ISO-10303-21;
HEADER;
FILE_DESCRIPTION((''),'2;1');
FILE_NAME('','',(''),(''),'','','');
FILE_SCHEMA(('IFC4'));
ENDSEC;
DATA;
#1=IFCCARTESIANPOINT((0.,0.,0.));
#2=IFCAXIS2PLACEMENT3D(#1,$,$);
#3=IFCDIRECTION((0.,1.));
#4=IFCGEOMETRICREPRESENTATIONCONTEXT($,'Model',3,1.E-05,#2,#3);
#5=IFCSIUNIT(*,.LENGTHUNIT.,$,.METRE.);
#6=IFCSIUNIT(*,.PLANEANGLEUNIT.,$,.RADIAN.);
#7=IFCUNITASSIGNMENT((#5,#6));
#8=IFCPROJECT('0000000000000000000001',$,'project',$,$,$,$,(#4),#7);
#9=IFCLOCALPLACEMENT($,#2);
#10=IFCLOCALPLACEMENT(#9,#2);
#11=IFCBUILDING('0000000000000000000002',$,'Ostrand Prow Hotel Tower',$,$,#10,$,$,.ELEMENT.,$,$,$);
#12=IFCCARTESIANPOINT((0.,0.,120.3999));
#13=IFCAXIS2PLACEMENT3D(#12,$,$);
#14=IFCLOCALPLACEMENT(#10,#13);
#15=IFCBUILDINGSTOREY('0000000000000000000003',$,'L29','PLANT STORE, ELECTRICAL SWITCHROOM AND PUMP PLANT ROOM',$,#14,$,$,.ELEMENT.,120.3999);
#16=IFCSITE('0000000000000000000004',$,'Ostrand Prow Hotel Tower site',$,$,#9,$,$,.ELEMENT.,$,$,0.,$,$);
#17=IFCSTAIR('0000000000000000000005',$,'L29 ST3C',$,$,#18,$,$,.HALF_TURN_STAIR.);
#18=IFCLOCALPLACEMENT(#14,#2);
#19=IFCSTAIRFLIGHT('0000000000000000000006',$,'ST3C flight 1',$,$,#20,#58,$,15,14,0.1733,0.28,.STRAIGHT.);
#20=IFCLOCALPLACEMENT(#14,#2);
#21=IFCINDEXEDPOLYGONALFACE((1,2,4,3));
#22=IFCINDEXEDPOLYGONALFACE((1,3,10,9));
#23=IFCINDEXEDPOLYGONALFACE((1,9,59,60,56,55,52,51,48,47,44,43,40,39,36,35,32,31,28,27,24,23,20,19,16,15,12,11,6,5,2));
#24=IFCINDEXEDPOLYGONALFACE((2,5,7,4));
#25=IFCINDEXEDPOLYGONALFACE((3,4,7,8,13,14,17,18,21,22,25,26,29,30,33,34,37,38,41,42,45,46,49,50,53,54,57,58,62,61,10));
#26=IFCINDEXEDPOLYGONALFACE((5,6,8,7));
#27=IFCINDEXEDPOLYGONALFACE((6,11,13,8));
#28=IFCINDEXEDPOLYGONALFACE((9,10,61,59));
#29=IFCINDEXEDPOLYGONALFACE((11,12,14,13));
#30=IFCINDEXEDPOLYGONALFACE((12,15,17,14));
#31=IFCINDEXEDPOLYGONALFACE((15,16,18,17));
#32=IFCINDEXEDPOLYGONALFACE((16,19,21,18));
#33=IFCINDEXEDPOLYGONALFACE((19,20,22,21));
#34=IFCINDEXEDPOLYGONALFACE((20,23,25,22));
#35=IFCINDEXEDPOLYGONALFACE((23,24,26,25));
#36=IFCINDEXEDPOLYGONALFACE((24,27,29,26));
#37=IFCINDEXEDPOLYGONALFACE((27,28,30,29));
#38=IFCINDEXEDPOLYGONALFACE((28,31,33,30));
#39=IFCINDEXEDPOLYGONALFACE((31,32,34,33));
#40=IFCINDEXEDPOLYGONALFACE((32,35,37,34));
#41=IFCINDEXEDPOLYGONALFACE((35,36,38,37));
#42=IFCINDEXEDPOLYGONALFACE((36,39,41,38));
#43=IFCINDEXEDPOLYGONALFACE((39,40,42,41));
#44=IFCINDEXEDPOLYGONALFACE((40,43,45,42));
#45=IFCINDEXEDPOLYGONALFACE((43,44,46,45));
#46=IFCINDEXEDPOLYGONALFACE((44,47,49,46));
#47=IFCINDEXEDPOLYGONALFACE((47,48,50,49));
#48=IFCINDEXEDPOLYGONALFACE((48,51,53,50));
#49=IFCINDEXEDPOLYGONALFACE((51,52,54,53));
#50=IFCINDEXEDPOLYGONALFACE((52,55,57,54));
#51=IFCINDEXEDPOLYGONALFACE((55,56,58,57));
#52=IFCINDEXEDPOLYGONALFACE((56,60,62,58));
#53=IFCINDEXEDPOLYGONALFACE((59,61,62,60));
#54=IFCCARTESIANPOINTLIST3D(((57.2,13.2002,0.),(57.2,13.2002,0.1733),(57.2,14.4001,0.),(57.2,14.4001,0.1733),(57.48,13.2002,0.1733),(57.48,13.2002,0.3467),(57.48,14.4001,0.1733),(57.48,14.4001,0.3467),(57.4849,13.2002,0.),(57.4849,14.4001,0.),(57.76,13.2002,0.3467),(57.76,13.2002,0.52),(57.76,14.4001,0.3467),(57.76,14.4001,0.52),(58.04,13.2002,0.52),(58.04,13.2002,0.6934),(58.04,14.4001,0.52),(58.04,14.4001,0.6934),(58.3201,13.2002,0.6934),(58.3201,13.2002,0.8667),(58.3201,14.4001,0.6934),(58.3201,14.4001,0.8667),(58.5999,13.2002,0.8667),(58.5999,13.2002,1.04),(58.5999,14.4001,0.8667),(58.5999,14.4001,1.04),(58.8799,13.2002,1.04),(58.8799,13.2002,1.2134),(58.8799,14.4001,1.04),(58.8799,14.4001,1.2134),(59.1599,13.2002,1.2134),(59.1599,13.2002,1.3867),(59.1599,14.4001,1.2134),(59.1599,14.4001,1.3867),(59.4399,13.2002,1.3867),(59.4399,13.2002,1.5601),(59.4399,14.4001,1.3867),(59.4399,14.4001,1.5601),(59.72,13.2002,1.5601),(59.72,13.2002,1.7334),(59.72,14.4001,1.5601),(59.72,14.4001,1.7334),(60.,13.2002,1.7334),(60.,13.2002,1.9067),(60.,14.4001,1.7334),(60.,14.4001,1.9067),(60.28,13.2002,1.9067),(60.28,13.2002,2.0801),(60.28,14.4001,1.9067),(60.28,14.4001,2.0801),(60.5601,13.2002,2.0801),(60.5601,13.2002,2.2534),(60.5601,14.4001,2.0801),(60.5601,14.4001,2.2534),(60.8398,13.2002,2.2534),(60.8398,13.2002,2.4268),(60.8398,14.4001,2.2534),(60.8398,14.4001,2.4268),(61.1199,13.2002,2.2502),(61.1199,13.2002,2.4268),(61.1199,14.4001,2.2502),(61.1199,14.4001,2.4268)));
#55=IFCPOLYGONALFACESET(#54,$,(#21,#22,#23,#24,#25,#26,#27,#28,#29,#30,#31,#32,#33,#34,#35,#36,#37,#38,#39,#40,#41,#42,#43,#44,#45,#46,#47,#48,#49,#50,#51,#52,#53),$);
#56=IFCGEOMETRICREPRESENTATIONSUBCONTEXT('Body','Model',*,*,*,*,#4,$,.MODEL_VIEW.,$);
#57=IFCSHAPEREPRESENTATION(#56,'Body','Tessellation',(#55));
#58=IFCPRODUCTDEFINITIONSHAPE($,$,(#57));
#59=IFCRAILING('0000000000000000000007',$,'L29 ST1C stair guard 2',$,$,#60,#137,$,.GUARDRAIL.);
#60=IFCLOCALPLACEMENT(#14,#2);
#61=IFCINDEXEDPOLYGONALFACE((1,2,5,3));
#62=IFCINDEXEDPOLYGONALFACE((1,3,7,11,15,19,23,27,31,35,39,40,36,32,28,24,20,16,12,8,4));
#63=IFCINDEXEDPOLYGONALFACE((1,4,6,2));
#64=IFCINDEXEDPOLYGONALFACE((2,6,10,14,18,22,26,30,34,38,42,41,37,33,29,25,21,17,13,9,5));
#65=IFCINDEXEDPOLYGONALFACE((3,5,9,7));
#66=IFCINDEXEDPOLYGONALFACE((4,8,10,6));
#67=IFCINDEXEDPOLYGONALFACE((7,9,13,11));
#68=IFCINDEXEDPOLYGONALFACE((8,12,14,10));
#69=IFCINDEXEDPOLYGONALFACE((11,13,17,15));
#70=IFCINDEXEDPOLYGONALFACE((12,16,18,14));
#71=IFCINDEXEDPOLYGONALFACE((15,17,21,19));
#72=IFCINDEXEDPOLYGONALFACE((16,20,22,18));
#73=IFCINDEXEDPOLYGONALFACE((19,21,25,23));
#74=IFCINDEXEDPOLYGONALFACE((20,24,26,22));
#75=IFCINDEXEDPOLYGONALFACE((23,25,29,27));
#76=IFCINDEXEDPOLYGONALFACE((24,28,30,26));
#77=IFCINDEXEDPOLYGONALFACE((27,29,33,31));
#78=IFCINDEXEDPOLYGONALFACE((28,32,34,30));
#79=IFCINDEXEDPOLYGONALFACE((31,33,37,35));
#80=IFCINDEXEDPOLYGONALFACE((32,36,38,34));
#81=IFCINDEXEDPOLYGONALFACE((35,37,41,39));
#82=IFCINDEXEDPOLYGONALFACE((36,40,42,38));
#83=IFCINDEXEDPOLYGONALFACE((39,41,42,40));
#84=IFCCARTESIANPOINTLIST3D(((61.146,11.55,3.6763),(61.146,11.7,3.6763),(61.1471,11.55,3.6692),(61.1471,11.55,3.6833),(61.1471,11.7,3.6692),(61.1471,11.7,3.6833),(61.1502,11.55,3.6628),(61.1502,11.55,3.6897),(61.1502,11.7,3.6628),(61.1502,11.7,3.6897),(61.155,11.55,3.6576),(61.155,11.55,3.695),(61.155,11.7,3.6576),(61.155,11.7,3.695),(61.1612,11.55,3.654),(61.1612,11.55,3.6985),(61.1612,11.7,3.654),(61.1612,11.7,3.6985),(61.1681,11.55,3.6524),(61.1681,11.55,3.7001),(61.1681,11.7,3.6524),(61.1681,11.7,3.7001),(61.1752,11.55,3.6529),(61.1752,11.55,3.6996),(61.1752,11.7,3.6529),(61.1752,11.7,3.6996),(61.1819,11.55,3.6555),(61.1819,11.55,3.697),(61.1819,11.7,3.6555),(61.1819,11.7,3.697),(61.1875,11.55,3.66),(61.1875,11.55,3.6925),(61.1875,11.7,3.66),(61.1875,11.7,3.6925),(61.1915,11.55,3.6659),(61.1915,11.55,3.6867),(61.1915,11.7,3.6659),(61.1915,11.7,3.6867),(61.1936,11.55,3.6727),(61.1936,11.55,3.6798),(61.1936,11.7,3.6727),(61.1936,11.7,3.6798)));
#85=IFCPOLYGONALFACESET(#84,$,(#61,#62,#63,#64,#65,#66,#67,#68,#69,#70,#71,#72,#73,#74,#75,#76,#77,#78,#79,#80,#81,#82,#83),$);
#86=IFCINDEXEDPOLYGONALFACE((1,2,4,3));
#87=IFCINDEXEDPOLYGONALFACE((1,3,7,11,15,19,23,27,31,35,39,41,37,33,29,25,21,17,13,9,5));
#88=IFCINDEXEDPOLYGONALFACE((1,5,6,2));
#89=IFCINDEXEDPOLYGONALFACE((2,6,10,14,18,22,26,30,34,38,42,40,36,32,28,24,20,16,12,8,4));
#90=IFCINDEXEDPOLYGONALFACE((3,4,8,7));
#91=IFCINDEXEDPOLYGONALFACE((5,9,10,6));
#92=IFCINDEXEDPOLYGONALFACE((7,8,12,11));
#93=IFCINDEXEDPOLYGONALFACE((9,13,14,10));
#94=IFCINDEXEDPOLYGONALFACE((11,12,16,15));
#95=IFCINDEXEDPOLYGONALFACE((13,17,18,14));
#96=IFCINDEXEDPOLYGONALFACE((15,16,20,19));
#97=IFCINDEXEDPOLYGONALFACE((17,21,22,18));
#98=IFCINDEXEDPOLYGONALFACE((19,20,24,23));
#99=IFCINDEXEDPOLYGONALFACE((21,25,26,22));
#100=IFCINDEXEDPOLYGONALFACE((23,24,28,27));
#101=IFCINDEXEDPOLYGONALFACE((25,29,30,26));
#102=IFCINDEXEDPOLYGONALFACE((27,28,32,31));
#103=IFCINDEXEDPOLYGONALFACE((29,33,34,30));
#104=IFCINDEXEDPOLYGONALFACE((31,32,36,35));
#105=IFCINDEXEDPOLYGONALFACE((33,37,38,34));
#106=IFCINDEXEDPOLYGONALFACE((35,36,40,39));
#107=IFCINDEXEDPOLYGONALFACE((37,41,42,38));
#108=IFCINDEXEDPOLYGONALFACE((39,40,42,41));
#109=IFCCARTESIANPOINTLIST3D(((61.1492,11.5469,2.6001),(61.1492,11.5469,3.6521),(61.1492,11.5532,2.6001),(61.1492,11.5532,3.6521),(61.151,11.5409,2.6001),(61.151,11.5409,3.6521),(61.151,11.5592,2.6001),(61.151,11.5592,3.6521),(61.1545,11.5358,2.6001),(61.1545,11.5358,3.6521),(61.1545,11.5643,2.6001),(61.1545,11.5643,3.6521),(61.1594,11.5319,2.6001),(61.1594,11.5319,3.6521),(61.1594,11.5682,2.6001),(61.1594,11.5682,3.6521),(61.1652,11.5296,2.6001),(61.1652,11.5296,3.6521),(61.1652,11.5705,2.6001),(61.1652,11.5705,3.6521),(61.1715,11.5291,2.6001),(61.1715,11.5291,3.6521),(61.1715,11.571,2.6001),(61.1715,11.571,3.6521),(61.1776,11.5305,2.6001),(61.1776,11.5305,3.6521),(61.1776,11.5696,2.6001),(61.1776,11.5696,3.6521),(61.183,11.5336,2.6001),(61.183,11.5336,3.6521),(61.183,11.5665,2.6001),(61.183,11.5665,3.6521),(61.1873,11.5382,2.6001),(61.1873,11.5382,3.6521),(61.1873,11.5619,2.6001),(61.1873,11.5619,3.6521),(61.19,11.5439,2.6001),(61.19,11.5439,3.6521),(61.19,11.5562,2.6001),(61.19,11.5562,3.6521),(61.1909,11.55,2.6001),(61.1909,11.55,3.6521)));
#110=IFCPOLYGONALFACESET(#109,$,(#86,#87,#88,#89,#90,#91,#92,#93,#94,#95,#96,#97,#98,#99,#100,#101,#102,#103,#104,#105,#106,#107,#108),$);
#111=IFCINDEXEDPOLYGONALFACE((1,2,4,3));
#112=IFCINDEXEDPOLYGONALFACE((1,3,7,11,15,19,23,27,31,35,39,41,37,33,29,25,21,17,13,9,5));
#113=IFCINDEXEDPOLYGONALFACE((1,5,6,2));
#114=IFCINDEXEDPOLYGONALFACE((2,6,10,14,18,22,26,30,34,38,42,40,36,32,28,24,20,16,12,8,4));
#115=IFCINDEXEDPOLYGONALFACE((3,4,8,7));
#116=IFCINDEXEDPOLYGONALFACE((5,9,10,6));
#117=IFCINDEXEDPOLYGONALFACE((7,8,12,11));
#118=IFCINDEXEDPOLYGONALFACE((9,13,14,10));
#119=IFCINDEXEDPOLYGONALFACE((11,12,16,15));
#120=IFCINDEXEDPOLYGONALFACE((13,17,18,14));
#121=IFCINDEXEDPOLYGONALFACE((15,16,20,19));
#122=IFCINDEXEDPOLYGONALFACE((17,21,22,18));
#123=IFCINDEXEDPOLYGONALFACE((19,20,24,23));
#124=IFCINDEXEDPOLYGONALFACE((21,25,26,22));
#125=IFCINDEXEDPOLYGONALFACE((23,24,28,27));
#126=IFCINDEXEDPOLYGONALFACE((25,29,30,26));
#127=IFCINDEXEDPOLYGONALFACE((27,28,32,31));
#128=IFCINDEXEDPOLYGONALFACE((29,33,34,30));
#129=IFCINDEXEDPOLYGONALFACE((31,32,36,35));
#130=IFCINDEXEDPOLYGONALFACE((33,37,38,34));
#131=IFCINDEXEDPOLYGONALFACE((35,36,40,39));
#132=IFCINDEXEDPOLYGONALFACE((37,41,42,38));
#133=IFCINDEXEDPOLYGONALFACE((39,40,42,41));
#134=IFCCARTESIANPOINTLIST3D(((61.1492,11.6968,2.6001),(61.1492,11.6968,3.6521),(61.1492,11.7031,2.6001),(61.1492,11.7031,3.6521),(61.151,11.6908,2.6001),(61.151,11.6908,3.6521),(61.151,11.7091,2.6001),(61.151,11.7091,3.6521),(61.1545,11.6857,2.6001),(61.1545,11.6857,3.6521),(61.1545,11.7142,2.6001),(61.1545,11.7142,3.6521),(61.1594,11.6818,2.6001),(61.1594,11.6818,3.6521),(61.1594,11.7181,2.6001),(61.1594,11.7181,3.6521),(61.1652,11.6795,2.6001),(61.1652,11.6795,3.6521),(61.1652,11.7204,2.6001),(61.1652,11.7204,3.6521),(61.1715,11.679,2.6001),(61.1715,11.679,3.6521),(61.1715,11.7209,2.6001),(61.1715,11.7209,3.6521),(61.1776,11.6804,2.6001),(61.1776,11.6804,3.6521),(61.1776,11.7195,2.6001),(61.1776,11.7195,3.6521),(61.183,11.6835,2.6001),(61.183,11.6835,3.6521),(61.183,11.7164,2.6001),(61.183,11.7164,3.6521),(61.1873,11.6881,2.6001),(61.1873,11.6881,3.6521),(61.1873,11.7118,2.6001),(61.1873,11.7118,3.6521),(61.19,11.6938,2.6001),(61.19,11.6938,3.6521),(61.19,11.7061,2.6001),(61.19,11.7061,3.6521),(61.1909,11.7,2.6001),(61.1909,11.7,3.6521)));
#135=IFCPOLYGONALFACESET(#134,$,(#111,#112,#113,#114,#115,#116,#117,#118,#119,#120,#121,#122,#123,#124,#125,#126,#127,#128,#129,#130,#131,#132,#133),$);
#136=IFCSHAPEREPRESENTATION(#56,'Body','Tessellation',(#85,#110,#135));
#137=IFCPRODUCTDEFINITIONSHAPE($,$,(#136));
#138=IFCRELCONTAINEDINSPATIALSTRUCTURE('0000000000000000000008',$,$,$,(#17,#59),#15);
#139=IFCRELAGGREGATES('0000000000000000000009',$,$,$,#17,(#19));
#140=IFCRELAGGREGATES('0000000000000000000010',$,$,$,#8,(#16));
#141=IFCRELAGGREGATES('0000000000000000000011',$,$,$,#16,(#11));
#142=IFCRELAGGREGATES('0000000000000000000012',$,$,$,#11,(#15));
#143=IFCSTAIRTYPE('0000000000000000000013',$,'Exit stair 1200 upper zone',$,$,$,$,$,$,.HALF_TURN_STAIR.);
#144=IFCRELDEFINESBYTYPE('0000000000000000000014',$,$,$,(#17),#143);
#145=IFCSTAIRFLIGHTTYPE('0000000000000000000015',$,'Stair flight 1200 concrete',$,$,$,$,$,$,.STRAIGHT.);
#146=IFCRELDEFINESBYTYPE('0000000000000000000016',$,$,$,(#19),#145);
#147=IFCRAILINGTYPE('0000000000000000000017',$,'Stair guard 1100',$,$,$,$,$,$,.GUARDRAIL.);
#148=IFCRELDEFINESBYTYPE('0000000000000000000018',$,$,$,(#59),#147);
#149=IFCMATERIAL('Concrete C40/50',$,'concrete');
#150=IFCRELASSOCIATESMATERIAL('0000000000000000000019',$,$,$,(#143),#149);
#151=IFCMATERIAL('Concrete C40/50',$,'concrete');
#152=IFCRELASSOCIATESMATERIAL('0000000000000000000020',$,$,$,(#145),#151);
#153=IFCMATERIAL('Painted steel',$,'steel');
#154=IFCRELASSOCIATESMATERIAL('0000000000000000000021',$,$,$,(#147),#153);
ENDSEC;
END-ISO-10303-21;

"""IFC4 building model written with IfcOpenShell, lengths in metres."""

from ifc_helpers import new_model, si_unit, direction, frame, origin, origin_2d, place, context, subcontext, project, spatial, polyline, circle, outline, extrude, material, type_object, element, aggregate, save


model = new_model("IFC4")

# Units and contexts
model_context = context("Model", 3, precision=1e-05, world=origin(), true_north=direction((0.0, 1.0)))
body_context = subcontext(model_context, "Body", "Model", "MODEL_VIEW")
ifc_project = project(units=[si_unit("LENGTHUNIT", "METRE"), si_unit("PLANEANGLEUNIT", "RADIAN")], contexts=[model_context])

# Site, building, storey
site_placement = place(None, origin())
site = spatial("IfcSite", under=ifc_project, at=site_placement, Name="Ostrand Prow Hotel Tower site", CompositionType="ELEMENT", RefElevation=0.0)
building_placement = place(site_placement, origin())
building = spatial("IfcBuilding", under=site, at=building_placement, Name="Ostrand Prow Hotel Tower", CompositionType="ELEMENT")
storey_placement = place(building_placement, frame((0.0, 0.0, 120.3999)))
storey = spatial("IfcBuildingStorey", under=building, at=storey_placement, Name="L29", Description="PLANT STORE, ELECTRICAL SWITCHROOM AND PUMP PLANT ROOM", CompositionType="ELEMENT", Elevation=120.3999)

# Stair, stair flight
ifc_material_1 = material(Name="Concrete C40/50", Category="concrete")
stair_type = type_object("IfcStairType", Name="Exit stair 1200 upper zone", PredefinedType="HALF_TURN_STAIR", material=ifc_material_1)
ifc_material_2 = material(Name="Concrete C40/50", Category="concrete")
stair_flight_type = type_object("IfcStairFlightType", Name="Stair flight 1200 concrete", PredefinedType="STRAIGHT", material=ifc_material_2)
stair_1_placement = place(storey_placement, origin())
stair_1 = element("IfcStair", 1, at=stair_1_placement, inside=storey, type_object=stair_type, Name="L29 ST3C", PredefinedType="HALF_TURN_STAIR")
stair_flight_1_placement = place(storey_placement, frame((57.2, 13.8, 0.0), z_axis=(0.0, 0.0, 1.0), x_axis=(1.0, 0.0, 0.0)))
stair_flight_1 = element("IfcStairFlight", 2, at=stair_flight_1_placement, type_object=stair_flight_type, Name="ST3C flight 1", NumberOfRisers=15, NumberOfTreads=14, PredefinedType="STRAIGHT", RiserHeight=0.1733, TreadLength=0.28, context=body_context, shape_type="SweptSolid", body=[
    extrude(outline(polyline([(0.0, 0.0), (0.0, 0.1733), (0.28, 0.1733), (0.28, 0.3467), (0.5601, 0.3467), (0.5601, 0.52), (0.8401, 0.52), (0.8401, 0.6934), (1.1201, 0.6934), (1.1201, 0.8667), (1.3999, 0.8667), (1.3999, 1.04), (1.6799, 1.04), (1.6799, 1.2134), (1.96, 1.2134), (1.96, 1.3867), (2.24, 1.3867), (2.24, 1.5601), (2.52, 1.5601), (2.52, 1.7334), (2.8, 1.7334), (2.8, 1.9067), (3.0801, 1.9067), (3.0801, 2.0801), (3.3601, 2.0801), (3.3601, 2.2534), (3.6399, 2.2534), (3.6399, 2.4268), (3.9199, 2.4268), (3.9199, 2.6001), (3.9199, 2.2502), (0.2849, 0.0), (0.0, 0.0)])), frame((0.0, 0.6001, 0.0), z_axis=(0.0, -1.0, 0.0), x_axis=(1.0, 0.0, 0.0)), (0.0, 0.0, 1.0), 1.2),
])
aggregate(stair_1, [stair_flight_1])

# Railing
ifc_material_3 = material(Name="Painted steel", Category="steel")
railing_type_1 = type_object("IfcRailingType", Name="Stair guard 1100", PredefinedType="GUARDRAIL", material=ifc_material_3)
railing_1_placement = place(storey_placement, frame((61.1699, 11.55, 2.6001)))
element("IfcRailing", 3, at=railing_1_placement, inside=storey, type_object=railing_type_1, Name="L29 ST1C stair guard 2", PredefinedType="GUARDRAIL", context=body_context, shape_type="SweptSolid", body=[
    extrude(circle(Radius=0.0239, at=origin_2d()), frame((0.0, 0.0, 1.0762), z_axis=(0.0, 1.0, 0.0), x_axis=(-1.0, 0.0, 0.0)), (0.0, 0.0, 1.0), 0.1499),
    extrude(circle(Radius=0.021, at=origin_2d()), origin(), (0.0, 0.0, 1.0), 1.052),
    extrude(circle(Radius=0.021, at=origin_2d()), frame((0.0, 0.1499, 0.0)), (0.0, 0.0, 1.0), 1.052),
])

save(model, "model.ifc")
